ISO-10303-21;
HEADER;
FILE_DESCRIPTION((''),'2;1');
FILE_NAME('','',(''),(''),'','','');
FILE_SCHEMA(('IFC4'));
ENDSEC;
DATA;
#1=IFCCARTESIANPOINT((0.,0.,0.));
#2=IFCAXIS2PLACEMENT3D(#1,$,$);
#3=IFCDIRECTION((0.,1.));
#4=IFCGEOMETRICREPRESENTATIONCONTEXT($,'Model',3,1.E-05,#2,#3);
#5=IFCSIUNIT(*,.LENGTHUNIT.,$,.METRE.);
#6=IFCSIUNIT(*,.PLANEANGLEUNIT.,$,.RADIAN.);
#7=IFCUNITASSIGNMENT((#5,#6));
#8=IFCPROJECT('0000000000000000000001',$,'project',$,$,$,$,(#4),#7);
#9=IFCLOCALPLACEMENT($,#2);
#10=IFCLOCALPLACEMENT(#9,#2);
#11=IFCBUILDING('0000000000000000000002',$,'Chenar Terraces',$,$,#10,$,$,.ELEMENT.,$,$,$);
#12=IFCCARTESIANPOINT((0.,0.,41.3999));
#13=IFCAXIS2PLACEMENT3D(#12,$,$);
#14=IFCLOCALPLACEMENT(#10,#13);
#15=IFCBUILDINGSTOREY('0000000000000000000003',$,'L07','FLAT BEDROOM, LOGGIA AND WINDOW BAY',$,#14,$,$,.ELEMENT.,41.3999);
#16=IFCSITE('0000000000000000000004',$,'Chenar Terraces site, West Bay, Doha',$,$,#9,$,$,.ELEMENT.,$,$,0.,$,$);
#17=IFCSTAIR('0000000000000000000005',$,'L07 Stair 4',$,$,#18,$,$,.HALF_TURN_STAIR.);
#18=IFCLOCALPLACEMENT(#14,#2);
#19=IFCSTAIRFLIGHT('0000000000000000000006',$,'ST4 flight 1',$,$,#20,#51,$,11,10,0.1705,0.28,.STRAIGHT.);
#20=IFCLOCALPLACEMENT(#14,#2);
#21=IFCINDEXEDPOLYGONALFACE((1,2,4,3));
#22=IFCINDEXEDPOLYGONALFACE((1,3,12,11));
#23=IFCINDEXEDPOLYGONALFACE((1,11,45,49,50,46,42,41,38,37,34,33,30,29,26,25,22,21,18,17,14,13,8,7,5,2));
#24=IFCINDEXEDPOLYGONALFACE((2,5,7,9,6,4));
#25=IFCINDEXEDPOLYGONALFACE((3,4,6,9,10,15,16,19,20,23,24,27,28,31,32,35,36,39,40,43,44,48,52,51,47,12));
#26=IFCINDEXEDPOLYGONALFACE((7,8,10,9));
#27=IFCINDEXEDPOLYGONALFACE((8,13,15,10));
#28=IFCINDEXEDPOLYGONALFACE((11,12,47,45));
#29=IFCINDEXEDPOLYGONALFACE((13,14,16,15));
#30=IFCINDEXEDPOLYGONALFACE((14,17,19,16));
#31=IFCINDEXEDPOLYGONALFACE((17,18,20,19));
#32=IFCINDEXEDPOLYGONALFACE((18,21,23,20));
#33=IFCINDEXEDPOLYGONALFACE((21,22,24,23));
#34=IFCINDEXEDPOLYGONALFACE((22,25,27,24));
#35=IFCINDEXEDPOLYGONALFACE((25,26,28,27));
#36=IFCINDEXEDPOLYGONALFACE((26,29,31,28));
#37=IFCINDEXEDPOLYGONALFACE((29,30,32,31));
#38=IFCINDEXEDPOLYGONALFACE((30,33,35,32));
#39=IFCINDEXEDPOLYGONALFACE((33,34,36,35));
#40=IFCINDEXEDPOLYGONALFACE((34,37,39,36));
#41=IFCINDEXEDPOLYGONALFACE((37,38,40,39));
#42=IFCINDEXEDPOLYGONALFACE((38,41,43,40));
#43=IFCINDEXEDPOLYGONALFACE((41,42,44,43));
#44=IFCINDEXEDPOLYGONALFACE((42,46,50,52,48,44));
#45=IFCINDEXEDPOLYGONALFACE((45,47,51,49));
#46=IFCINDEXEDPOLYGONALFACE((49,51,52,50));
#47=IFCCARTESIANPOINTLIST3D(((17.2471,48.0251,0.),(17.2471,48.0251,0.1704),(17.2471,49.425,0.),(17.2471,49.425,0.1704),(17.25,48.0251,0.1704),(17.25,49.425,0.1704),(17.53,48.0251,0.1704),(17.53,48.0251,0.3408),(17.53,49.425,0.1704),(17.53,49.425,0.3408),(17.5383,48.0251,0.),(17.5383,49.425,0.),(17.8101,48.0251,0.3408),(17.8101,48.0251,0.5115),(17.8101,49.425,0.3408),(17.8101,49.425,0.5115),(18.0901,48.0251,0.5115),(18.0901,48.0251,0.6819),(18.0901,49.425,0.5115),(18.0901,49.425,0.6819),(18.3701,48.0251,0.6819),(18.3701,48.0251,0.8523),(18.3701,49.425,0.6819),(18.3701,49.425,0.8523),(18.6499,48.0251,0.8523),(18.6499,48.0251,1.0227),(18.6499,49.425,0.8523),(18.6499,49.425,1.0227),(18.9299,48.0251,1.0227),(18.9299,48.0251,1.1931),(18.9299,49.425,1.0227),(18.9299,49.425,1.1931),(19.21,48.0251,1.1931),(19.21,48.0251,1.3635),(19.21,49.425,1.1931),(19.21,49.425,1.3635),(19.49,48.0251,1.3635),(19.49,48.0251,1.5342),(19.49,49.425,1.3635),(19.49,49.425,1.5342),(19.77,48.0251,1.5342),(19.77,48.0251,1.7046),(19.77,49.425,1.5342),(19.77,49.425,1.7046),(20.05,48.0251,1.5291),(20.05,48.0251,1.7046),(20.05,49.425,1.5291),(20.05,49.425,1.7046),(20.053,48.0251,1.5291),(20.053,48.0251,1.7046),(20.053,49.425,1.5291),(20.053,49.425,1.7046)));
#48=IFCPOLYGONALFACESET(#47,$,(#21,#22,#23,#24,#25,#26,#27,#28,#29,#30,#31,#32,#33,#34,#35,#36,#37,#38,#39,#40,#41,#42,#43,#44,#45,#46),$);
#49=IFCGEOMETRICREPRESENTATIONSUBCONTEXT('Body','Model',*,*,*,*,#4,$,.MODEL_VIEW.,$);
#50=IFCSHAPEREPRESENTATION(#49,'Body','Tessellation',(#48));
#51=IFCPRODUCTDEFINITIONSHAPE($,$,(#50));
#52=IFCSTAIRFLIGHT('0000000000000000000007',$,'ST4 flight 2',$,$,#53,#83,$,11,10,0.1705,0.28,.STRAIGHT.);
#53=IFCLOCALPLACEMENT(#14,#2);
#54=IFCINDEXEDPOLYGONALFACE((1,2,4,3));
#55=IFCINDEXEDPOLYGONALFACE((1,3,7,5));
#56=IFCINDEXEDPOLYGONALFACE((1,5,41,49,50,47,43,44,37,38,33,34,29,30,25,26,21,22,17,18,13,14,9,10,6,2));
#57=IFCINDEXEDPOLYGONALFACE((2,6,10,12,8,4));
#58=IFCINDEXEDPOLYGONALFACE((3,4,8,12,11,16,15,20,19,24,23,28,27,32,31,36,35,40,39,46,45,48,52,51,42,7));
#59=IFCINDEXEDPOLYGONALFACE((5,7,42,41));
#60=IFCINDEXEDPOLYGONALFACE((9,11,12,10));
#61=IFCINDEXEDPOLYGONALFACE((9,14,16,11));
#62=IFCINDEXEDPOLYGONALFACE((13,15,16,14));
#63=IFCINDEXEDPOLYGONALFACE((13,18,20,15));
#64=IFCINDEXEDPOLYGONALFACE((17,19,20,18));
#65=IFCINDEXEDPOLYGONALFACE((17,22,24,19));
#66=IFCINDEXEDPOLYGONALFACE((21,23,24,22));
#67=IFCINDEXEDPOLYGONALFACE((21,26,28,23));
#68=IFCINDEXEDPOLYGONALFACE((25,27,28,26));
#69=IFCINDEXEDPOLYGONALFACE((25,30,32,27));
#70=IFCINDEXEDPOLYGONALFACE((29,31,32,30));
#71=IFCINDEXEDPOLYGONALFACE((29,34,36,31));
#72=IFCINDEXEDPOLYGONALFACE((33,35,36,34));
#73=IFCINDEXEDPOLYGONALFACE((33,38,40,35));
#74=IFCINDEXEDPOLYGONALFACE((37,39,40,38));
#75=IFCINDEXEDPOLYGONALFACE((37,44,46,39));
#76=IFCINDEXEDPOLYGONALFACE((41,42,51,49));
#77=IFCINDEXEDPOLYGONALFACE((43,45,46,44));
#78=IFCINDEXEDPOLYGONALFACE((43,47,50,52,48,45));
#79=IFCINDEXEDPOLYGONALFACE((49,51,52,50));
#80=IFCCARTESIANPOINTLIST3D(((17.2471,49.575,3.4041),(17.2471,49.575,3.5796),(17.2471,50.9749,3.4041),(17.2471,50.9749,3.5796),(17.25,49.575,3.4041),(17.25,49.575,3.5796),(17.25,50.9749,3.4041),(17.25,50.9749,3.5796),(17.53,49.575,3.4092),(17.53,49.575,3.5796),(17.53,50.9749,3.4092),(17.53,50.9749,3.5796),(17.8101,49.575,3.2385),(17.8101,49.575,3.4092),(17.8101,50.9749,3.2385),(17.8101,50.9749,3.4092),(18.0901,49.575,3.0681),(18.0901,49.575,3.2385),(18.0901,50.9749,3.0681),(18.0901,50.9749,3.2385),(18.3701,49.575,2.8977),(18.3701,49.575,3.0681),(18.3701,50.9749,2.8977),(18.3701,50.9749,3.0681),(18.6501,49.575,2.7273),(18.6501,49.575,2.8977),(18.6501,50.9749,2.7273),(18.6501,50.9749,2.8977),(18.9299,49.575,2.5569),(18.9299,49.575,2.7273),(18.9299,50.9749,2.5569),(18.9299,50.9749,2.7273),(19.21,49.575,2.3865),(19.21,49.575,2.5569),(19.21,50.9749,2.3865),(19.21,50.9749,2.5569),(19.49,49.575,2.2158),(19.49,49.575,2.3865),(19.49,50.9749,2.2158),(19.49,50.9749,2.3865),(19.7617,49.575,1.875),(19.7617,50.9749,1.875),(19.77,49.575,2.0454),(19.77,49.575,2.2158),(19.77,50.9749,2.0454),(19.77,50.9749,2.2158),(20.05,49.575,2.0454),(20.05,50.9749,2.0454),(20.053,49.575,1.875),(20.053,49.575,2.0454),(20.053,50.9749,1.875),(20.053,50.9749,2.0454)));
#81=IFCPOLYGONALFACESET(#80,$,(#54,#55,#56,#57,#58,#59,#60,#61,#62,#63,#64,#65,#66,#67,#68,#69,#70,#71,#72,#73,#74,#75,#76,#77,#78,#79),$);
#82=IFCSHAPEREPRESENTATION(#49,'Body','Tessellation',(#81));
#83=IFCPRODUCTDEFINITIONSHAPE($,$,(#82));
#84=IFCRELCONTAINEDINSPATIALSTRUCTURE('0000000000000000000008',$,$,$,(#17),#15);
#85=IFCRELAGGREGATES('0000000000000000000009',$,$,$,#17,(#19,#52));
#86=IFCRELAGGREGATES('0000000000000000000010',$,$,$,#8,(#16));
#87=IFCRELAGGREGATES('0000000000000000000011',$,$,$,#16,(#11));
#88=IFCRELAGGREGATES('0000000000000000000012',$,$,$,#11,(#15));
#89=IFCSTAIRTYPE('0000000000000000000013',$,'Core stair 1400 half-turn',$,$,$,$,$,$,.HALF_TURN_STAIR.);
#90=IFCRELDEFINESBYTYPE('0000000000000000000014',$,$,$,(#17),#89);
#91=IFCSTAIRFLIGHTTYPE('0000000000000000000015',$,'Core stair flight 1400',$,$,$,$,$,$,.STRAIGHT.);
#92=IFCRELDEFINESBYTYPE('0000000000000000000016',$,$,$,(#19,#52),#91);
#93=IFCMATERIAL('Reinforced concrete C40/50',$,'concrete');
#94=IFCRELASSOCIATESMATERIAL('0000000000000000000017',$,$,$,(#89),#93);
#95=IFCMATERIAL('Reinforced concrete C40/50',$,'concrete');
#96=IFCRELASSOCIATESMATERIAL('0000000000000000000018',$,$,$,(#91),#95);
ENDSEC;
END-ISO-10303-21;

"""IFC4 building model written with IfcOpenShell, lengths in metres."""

from ifc_helpers import new_model, si_unit, direction, frame, origin, place, context, subcontext, project, spatial, polyline, outline, extrude, material, type_object, element, aggregate, save


model = new_model("IFC4")

# Units and contexts
model_context = context("Model", 3, precision=1e-05, world=origin(), true_north=direction((0.0, 1.0)))
body_context = subcontext(model_context, "Body", "Model", "MODEL_VIEW")
ifc_project = project(units=[si_unit("LENGTHUNIT", "METRE"), si_unit("PLANEANGLEUNIT", "RADIAN")], contexts=[model_context])

# Site, building, storey
site_placement = place(None, origin())
site = spatial("IfcSite", under=ifc_project, at=site_placement, Name="Chenar Terraces site, West Bay, Doha", CompositionType="ELEMENT", RefElevation=0.0)
building_placement = place(site_placement, origin())
building = spatial("IfcBuilding", under=site, at=building_placement, Name="Chenar Terraces", CompositionType="ELEMENT")
storey_placement = place(building_placement, frame((0.0, 0.0, 41.3999)))
storey = spatial("IfcBuildingStorey", under=building, at=storey_placement, Name="L07", Description="FLAT BEDROOM, LOGGIA AND WINDOW BAY", CompositionType="ELEMENT", Elevation=41.3999)

# Stair, stair flights
ifc_material_1 = material(Name="Reinforced concrete C40/50", Category="concrete")
stair_type = type_object("IfcStairType", Name="Core stair 1400 half-turn", PredefinedType="HALF_TURN_STAIR", material=ifc_material_1)
stair_placement = place(storey_placement, origin())
stair = element("IfcStair", 1, at=stair_placement, inside=storey, type_object=stair_type, Name="L07 Stair 4", PredefinedType="HALF_TURN_STAIR")
ifc_material_2 = material(Name="Reinforced concrete C40/50", Category="concrete")
stair_flight_type = type_object("IfcStairFlightType", Name="Core stair flight 1400", PredefinedType="STRAIGHT", material=ifc_material_2)
stair_flight_1_placement = place(storey_placement, frame((17.25, 48.7251, 0.0), z_axis=(0.0, 0.0, 1.0), x_axis=(1.0, 0.0, 0.0)))
stair_flight_1 = element("IfcStairFlight", 2, at=stair_flight_1_placement, type_object=stair_flight_type, Name="ST4 flight 1", NumberOfRisers=11, NumberOfTreads=10, PredefinedType="STRAIGHT", RiserHeight=0.1705, TreadLength=0.28, context=body_context, shape_type="SweptSolid", body=[
    extrude(outline(polyline([(-0.0029, 0.0), (-0.0029, 0.1704), (0.0, 0.1704), (0.28, 0.1704), (0.28, 0.3408), (0.5601, 0.3408), (0.5601, 0.5115), (0.8401, 0.5115), (0.8401, 0.6819), (1.1201, 0.6819), (1.1201, 0.8523), (1.3999, 0.8523), (1.3999, 1.0227), (1.6799, 1.0227), (1.6799, 1.1931), (1.96, 1.1931), (1.96, 1.3635), (2.24, 1.3635), (2.24, 1.5342), (2.52, 1.5342), (2.52, 1.7046), (2.8, 1.7046), (2.803, 1.7046), (2.803, 1.5291), (2.8, 1.5291), (0.2883, 0.0), (-0.0029, 0.0)])), frame((0.0, 0.7, 0.0), z_axis=(0.0, -1.0, 0.0), x_axis=(1.0, 0.0, 0.0)), (0.0, 0.0, 1.0), 1.3999),
])
stair_flight_2_placement = place(storey_placement, frame((20.05, 50.2749, 1.875), z_axis=(0.0, 0.0, 1.0), x_axis=(-1.0, 0.0, 0.0)))
stair_flight_2 = element("IfcStairFlight", 3, at=stair_flight_2_placement, type_object=stair_flight_type, Name="ST4 flight 2", NumberOfRisers=11, NumberOfTreads=10, PredefinedType="STRAIGHT", RiserHeight=0.1705, TreadLength=0.28, context=body_context, shape_type="SweptSolid", body=[
    extrude(outline(polyline([(-0.0029, 0.0), (-0.0029, 0.1704), (0.0, 0.1704), (0.28, 0.1704), (0.28, 0.3408), (0.5601, 0.3408), (0.5601, 0.5115), (0.8401, 0.5115), (0.8401, 0.6819), (1.1201, 0.6819), (1.1201, 0.8523), (1.3999, 0.8523), (1.3999, 1.0227), (1.6799, 1.0227), (1.6799, 1.1931), (1.96, 1.1931), (1.96, 1.3635), (2.24, 1.3635), (2.24, 1.5342), (2.52, 1.5342), (2.52, 1.7046), (2.8, 1.7046), (2.803, 1.7046), (2.803, 1.5291), (2.8, 1.5291), (0.2883, 0.0), (-0.0029, 0.0)])), frame((0.0, 0.7, 0.0), z_axis=(0.0, -1.0, 0.0), x_axis=(1.0, 0.0, 0.0)), (0.0, 0.0, 1.0), 1.3999),
])
aggregate(stair, [stair_flight_1, stair_flight_2])

save(model, "model.ifc")
